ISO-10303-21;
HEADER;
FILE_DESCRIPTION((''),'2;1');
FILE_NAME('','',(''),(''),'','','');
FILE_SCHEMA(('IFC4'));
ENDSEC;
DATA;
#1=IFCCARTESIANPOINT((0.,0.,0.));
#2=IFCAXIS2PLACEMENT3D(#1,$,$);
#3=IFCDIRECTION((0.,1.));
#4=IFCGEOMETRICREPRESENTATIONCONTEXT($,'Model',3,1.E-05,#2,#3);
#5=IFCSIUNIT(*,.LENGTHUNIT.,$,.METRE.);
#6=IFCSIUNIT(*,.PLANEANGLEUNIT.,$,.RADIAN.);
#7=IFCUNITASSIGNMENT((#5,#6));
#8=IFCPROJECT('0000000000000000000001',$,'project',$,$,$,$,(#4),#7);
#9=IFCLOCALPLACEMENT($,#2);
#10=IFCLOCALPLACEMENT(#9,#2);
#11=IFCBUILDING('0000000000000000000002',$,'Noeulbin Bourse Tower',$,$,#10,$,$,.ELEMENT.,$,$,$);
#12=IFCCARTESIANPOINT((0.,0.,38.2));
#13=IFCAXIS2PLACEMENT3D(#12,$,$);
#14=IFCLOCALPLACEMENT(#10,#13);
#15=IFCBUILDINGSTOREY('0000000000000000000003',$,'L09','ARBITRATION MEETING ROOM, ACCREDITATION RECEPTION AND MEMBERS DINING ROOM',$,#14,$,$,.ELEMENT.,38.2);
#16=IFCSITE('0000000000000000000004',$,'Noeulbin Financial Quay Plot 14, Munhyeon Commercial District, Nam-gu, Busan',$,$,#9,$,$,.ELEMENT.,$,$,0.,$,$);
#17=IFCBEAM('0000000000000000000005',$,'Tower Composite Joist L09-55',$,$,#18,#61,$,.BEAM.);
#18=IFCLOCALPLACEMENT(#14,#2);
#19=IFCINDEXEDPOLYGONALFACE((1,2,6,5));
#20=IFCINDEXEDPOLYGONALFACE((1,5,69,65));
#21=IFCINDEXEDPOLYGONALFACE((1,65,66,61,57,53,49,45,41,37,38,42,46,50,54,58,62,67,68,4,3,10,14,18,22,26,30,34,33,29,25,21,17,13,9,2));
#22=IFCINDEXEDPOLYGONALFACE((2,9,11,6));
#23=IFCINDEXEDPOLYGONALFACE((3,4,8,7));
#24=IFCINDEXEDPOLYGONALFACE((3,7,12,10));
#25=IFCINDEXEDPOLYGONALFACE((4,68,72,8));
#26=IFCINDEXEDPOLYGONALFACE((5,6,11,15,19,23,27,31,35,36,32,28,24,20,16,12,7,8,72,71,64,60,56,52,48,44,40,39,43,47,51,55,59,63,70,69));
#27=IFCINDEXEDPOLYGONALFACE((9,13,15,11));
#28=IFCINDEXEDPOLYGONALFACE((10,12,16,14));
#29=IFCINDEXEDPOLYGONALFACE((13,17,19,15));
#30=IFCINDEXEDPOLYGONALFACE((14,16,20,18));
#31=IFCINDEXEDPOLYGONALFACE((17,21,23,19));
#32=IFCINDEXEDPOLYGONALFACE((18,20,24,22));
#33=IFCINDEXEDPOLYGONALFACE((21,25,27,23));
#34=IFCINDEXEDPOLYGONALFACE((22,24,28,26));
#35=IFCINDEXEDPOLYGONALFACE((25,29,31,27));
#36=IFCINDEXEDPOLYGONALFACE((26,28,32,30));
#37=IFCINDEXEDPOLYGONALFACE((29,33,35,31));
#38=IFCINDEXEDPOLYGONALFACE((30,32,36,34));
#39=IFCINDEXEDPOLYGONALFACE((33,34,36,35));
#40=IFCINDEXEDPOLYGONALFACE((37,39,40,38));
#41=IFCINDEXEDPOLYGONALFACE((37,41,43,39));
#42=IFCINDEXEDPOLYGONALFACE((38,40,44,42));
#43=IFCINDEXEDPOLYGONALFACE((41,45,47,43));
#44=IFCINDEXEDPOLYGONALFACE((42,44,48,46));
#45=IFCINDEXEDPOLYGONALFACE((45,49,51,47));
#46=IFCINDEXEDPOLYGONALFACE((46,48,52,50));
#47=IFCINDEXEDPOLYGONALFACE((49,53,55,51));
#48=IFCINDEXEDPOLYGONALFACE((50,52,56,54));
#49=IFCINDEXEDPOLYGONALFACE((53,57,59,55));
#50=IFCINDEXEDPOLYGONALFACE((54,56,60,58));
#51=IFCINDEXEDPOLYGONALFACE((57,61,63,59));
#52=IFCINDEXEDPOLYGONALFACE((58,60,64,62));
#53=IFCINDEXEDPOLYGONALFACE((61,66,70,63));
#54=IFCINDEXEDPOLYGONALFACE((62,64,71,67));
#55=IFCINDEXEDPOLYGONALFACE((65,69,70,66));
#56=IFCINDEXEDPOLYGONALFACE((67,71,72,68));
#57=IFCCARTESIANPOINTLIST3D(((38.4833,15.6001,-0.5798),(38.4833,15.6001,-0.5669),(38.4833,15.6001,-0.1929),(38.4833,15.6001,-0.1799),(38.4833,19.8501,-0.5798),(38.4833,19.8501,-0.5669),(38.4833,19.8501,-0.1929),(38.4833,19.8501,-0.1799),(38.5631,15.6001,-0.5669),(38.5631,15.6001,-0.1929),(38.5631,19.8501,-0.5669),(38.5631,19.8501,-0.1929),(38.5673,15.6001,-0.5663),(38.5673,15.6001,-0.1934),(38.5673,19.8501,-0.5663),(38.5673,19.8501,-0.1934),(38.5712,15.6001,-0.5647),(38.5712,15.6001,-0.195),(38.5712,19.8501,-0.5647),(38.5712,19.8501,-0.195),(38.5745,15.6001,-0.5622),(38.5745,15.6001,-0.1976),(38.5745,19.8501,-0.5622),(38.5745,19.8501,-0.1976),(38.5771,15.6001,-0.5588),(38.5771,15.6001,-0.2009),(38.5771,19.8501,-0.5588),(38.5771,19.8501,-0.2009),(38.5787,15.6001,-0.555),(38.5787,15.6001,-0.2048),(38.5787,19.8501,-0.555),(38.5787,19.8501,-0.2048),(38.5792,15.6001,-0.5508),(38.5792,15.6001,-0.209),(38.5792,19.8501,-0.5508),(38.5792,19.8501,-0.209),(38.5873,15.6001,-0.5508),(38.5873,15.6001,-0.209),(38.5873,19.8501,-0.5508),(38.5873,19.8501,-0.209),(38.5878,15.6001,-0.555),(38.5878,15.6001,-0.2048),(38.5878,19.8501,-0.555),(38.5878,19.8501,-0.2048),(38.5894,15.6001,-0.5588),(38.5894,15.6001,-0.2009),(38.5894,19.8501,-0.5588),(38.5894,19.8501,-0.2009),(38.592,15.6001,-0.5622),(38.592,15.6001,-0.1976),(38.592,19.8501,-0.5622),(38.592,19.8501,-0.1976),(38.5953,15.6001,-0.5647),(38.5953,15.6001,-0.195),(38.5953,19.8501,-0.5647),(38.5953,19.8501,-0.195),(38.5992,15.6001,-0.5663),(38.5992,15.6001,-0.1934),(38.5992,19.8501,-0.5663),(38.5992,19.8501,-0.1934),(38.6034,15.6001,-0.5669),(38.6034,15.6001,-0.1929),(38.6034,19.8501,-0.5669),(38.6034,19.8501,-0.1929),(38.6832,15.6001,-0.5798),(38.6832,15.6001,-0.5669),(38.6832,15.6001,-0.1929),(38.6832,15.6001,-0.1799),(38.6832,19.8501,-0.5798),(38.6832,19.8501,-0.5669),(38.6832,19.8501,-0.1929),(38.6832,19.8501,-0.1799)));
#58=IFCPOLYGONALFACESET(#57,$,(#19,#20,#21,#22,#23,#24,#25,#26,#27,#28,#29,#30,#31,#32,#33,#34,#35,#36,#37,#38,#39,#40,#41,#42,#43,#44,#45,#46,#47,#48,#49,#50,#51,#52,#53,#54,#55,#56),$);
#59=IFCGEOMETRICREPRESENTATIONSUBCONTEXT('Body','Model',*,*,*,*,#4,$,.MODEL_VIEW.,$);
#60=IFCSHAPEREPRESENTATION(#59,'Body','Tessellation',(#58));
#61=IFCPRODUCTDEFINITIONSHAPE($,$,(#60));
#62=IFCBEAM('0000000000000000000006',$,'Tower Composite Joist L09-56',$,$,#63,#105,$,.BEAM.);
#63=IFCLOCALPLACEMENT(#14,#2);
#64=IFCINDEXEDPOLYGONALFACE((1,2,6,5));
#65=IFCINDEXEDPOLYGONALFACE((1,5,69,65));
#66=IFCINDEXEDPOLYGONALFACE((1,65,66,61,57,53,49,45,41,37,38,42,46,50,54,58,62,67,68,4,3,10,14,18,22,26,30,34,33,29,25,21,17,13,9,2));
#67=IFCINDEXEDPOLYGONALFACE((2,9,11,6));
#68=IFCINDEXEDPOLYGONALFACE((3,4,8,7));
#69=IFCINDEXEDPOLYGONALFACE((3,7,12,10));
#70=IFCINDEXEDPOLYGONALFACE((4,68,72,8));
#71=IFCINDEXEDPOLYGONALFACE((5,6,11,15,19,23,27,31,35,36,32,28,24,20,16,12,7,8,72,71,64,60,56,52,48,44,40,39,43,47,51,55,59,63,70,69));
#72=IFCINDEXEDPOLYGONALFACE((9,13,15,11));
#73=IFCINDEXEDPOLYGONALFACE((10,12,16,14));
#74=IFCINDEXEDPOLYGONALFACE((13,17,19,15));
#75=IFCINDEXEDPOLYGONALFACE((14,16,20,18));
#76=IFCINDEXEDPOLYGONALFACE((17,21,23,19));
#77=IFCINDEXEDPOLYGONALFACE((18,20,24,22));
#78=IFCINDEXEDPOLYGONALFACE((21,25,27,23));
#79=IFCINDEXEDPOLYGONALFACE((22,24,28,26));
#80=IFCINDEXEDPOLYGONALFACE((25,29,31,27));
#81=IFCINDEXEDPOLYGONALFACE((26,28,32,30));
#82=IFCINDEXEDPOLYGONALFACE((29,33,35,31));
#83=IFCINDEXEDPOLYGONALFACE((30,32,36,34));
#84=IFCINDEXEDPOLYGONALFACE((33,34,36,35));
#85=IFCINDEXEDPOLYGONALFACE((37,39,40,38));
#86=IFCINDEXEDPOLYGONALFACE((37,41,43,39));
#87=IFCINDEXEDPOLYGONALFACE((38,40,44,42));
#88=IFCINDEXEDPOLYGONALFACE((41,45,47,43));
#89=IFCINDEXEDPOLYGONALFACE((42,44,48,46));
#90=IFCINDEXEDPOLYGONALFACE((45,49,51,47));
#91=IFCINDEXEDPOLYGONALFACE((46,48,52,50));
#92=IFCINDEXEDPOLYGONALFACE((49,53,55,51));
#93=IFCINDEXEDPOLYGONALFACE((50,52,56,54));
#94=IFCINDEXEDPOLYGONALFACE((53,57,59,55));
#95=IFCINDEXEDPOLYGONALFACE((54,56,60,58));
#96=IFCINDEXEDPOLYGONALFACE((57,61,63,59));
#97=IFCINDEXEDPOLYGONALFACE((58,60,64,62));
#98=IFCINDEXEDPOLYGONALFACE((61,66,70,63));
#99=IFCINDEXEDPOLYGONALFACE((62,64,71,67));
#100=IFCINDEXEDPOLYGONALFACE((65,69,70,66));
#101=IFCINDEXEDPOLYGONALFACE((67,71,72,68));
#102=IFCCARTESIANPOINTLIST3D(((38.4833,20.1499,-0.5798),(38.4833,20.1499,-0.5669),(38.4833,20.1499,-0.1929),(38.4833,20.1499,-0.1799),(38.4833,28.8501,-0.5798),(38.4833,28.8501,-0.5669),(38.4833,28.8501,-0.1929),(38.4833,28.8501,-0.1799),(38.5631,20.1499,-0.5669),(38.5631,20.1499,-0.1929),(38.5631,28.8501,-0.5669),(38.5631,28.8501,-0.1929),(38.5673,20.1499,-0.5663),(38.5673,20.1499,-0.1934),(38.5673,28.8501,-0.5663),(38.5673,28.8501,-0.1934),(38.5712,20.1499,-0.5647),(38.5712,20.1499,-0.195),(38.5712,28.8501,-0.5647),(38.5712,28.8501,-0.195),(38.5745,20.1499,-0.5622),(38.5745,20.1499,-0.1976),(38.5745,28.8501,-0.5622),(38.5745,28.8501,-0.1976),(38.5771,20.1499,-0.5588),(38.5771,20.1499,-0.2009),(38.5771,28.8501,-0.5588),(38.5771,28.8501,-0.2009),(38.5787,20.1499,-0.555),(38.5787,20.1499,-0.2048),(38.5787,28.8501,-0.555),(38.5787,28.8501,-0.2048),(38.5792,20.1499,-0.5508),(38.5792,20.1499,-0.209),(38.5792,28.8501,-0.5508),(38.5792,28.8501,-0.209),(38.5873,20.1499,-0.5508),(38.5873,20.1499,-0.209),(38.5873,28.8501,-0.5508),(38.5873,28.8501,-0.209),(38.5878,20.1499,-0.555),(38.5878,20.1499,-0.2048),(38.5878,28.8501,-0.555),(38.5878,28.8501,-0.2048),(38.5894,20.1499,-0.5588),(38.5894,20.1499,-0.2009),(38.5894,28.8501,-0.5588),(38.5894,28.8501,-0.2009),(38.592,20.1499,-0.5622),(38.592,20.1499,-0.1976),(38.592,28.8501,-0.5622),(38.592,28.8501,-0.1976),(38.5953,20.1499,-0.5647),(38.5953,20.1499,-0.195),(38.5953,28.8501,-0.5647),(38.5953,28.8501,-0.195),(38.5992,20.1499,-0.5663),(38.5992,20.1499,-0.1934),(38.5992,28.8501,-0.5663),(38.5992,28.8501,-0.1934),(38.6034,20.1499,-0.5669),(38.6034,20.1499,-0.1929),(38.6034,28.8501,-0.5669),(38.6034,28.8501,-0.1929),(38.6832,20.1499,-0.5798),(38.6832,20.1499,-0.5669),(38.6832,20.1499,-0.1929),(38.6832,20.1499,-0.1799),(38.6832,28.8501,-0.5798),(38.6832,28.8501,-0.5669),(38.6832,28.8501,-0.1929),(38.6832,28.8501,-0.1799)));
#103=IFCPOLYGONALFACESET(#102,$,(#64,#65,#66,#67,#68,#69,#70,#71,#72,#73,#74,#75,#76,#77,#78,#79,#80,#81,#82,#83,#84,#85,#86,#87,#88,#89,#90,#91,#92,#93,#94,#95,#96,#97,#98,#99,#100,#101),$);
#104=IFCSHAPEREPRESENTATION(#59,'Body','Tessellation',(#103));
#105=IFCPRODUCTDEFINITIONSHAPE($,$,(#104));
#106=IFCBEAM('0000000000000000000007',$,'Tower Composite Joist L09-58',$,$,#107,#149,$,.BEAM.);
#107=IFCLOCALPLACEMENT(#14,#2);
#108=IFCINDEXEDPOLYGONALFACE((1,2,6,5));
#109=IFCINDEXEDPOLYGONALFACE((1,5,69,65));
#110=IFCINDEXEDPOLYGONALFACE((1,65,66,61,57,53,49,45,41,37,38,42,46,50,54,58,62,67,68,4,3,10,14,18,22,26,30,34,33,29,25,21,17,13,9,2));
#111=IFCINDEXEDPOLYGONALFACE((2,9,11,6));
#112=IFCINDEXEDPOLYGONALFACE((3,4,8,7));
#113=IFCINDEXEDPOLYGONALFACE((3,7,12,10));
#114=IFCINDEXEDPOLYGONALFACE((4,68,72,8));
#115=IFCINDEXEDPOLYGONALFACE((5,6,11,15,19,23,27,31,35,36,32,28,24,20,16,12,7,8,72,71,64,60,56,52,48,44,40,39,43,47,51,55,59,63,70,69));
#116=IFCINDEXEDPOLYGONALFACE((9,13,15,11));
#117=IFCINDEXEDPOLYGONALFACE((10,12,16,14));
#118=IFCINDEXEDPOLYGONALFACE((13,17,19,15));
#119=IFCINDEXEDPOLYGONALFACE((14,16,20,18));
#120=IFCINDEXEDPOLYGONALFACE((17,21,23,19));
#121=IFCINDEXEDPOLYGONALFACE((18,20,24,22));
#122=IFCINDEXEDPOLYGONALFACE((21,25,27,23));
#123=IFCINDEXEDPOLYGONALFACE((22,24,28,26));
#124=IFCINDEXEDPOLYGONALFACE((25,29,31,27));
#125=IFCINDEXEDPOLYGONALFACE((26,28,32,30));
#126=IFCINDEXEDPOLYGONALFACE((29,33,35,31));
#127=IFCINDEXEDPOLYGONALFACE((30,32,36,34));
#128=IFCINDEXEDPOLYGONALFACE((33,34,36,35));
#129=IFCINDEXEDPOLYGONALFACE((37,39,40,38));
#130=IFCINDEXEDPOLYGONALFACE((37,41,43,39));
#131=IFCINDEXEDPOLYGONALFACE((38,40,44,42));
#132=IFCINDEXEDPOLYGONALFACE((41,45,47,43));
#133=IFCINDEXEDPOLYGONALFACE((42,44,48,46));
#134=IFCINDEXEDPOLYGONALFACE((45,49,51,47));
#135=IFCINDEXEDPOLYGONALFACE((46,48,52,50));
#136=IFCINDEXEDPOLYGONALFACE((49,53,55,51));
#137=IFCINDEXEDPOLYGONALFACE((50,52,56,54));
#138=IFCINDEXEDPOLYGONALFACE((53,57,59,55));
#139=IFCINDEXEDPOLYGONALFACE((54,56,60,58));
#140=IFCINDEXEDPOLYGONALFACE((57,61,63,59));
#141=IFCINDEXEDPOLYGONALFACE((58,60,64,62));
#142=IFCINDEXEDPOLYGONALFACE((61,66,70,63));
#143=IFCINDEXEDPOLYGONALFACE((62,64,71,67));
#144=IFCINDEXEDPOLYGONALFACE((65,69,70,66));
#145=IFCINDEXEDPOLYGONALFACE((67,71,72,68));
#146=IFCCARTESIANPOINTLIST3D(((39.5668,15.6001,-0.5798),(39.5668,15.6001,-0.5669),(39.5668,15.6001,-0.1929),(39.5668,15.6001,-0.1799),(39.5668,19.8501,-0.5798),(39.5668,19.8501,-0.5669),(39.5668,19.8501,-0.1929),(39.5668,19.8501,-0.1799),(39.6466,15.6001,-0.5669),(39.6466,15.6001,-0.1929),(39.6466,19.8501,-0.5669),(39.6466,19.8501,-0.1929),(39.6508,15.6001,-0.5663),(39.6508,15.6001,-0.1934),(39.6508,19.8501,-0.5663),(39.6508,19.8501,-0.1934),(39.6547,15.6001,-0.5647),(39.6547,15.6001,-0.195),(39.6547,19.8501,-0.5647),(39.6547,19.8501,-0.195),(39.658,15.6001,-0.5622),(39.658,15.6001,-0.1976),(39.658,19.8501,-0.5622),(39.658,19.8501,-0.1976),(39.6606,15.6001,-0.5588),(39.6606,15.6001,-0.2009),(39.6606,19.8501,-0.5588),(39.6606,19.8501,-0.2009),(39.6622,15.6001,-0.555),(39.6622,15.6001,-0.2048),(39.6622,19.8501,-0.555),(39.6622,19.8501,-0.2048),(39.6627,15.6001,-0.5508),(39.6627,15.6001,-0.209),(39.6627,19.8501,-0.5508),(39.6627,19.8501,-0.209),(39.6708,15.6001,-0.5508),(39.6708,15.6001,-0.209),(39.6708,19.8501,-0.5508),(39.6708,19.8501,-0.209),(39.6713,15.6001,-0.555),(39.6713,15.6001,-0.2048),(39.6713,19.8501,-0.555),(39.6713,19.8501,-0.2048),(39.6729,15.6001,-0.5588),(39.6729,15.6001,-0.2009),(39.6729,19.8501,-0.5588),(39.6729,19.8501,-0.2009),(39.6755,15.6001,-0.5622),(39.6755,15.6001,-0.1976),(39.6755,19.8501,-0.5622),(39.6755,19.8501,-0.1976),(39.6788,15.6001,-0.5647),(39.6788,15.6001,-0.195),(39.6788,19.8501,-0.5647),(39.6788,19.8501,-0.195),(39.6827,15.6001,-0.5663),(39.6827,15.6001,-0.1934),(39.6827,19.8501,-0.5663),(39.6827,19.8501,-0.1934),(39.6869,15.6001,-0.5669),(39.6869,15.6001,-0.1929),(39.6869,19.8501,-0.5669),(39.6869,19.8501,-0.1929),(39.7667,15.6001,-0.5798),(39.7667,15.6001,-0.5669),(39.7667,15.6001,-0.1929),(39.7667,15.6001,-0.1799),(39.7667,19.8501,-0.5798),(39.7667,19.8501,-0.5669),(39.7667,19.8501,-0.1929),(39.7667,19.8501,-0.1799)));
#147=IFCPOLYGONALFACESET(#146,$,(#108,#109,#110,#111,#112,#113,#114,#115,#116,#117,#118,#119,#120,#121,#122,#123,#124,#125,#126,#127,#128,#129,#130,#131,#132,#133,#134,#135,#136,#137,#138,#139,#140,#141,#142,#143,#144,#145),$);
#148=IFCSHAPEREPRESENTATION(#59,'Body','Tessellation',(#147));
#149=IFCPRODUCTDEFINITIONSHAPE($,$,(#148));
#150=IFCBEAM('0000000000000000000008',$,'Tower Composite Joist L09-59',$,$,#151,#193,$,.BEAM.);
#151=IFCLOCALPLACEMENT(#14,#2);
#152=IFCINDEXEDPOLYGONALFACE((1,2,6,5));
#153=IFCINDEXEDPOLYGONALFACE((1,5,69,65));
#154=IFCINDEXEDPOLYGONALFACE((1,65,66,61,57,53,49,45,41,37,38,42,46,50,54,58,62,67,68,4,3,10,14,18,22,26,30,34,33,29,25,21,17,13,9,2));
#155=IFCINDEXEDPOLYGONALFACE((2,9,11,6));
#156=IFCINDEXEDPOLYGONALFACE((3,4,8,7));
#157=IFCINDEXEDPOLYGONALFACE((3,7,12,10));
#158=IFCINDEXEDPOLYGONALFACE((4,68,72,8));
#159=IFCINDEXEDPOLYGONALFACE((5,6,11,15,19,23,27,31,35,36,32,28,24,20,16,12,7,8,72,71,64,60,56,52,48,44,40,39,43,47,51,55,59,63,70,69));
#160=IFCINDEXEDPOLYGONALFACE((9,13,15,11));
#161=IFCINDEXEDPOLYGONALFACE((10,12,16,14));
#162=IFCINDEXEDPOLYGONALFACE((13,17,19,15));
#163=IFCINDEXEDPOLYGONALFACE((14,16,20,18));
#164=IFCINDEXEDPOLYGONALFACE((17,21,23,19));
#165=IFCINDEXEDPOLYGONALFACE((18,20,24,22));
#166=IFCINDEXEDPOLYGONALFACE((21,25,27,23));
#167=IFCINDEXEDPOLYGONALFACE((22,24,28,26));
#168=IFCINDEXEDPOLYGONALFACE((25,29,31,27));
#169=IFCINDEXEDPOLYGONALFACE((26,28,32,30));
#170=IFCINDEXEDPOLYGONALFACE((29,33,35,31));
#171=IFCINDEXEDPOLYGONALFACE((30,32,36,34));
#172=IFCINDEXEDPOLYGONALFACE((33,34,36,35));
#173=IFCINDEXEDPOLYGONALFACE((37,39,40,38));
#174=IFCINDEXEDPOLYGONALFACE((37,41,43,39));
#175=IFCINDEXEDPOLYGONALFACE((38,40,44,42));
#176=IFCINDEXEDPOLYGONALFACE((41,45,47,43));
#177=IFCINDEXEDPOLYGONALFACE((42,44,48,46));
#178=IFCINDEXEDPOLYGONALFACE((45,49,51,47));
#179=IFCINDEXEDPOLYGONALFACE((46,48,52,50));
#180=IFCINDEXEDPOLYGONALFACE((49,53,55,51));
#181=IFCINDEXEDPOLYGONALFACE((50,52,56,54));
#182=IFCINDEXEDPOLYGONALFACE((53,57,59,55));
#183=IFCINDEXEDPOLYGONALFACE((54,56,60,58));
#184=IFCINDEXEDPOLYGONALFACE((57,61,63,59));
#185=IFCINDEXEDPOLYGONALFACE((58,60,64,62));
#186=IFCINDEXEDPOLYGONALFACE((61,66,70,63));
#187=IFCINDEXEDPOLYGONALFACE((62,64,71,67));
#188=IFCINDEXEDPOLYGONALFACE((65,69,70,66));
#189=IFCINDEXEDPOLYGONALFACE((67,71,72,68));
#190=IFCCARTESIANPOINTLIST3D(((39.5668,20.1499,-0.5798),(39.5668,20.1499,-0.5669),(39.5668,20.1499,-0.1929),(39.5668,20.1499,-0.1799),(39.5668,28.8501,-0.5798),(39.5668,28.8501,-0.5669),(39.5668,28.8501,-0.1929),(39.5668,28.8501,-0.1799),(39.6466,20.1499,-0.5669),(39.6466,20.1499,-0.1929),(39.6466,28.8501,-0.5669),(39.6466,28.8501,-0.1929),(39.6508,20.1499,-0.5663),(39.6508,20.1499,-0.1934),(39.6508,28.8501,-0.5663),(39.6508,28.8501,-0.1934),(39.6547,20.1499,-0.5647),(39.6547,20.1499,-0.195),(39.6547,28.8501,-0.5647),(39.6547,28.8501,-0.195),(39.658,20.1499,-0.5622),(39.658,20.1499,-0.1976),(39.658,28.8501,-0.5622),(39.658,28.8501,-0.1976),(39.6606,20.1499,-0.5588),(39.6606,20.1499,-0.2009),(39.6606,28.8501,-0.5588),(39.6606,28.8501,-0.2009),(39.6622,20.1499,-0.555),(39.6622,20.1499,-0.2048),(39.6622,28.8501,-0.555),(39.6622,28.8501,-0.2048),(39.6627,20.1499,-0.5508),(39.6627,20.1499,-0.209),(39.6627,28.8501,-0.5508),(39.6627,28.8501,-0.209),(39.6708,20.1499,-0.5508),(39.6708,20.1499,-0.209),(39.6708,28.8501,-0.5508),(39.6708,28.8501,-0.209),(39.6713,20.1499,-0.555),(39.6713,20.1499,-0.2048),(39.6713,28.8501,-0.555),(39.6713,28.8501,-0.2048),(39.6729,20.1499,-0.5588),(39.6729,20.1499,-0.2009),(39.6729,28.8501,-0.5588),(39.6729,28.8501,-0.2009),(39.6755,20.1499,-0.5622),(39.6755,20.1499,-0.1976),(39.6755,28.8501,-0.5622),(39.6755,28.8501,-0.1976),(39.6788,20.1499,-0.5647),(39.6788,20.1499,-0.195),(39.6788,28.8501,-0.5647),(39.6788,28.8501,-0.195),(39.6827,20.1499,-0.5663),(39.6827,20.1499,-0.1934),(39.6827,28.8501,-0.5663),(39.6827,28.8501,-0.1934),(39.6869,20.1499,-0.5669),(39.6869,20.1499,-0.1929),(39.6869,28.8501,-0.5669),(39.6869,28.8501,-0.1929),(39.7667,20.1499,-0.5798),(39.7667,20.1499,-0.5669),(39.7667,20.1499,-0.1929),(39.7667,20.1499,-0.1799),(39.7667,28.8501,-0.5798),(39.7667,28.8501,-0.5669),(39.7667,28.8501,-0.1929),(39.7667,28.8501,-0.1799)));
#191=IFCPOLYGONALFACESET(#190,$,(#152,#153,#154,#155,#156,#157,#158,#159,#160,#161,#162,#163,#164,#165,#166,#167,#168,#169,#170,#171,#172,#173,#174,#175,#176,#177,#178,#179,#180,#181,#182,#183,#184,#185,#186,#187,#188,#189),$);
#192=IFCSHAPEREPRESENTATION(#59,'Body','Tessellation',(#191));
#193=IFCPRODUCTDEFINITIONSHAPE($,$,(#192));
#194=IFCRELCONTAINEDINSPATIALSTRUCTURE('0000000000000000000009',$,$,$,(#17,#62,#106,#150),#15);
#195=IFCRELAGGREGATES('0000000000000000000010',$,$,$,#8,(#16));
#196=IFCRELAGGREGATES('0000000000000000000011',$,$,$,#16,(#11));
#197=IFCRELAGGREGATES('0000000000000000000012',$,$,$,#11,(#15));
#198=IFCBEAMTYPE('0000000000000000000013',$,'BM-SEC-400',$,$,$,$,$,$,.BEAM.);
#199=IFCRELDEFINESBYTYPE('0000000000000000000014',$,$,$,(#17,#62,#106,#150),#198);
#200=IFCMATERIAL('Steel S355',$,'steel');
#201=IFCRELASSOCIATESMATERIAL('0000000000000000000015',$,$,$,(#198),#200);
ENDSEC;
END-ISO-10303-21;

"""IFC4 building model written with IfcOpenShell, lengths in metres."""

from ifc_helpers import new_model, si_unit, direction, frame, origin, origin_2d, place, context, subcontext, project, spatial, i_section, extrude, material, material_profile, profile_set, type_object, element, save


model = new_model("IFC4")

# Units and contexts
model_context = context("Model", 3, precision=1e-05, world=origin(), true_north=direction((0.0, 1.0)))
body_context = subcontext(model_context, "Body", "Model", "MODEL_VIEW")
ifc_project = project(units=[si_unit("LENGTHUNIT", "METRE"), si_unit("PLANEANGLEUNIT", "RADIAN")], contexts=[model_context])

# Site, building, storey
site_placement = place(None, origin())
site = spatial("IfcSite", under=ifc_project, at=site_placement, Name="Noeulbin Financial Quay Plot 14, Munhyeon Commercial District, Nam-gu, Busan", CompositionType="ELEMENT", RefElevation=0.0)
building_placement = place(site_placement, origin())
building = spatial("IfcBuilding", under=site, at=building_placement, Name="Noeulbin Bourse Tower", CompositionType="ELEMENT")
storey_placement = place(building_placement, frame((0.0, 0.0, 38.2)))
storey = spatial("IfcBuildingStorey", under=building, at=storey_placement, Name="L09", Description="ARBITRATION MEETING ROOM, ACCREDITATION RECEPTION AND MEMBERS DINING ROOM", CompositionType="ELEMENT", Elevation=38.2)

# Beams
ifc_material_1 = material(Name="Steel S355", Category="steel")
ifc_material_profile_1 = material_profile(ifc_material_1, i_section(OverallWidth=0.2, OverallDepth=0.3999, WebThickness=0.0081, FlangeThickness=0.0129, FilletRadius=0.0161, at=origin_2d()), Name="H-400x200x8x13", Category="LoadBearing")
ifc_profile_set_1 = profile_set([ifc_material_profile_1], Name="Steel S355")
beam_type_1 = type_object("IfcBeamType", Name="BM-SEC-400", PredefinedType="BEAM", material=ifc_profile_set_1)
beam_1_placement = place(storey_placement, frame((38.5833, 15.6001, -0.3799), z_axis=(0.0, 1.0, 0.0), x_axis=(-1.0, 0.0, 0.0)))
element("IfcBeam", 1, at=beam_1_placement, inside=storey, type_object=beam_type_1, Name="Tower Composite Joist L09-55", PredefinedType="BEAM", context=body_context, shape_type="SweptSolid", body=[
    extrude(i_section(OverallWidth=0.2, OverallDepth=0.3999, WebThickness=0.0081, FlangeThickness=0.0129, FilletRadius=0.0161, at=origin_2d()), origin(), (0.0, 0.0, 1.0), 4.25),
])
beam_2_placement = place(storey_placement, frame((38.5833, 20.1499, -0.3799), z_axis=(0.0, 1.0, 0.0), x_axis=(-1.0, 0.0, 0.0)))
element("IfcBeam", 2, at=beam_2_placement, inside=storey, type_object=beam_type_1, Name="Tower Composite Joist L09-56", PredefinedType="BEAM", context=body_context, shape_type="SweptSolid", body=[
    extrude(i_section(OverallWidth=0.2, OverallDepth=0.3999, WebThickness=0.0081, FlangeThickness=0.0129, FilletRadius=0.0161, at=origin_2d()), origin(), (0.0, 0.0, 1.0), 8.7002),
])
beam_3_placement = place(storey_placement, frame((39.6667, 15.6001, -0.3799), z_axis=(0.0, 1.0, 0.0), x_axis=(-1.0, 0.0, 0.0)))
element("IfcBeam", 3, at=beam_3_placement, inside=storey, type_object=beam_type_1, Name="Tower Composite Joist L09-58", PredefinedType="BEAM", context=body_context, shape_type="SweptSolid", body=[
    extrude(i_section(OverallWidth=0.2, OverallDepth=0.3999, WebThickness=0.0081, FlangeThickness=0.0129, FilletRadius=0.0161, at=origin_2d()), origin(), (0.0, 0.0, 1.0), 4.25),
])
beam_4_placement = place(storey_placement, frame((39.6667, 20.1499, -0.3799), z_axis=(0.0, 1.0, 0.0), x_axis=(-1.0, 0.0, 0.0)))
element("IfcBeam", 4, at=beam_4_placement, inside=storey, type_object=beam_type_1, Name="Tower Composite Joist L09-59", PredefinedType="BEAM", context=body_context, shape_type="SweptSolid", body=[
    extrude(i_section(OverallWidth=0.2, OverallDepth=0.3999, WebThickness=0.0081, FlangeThickness=0.0129, FilletRadius=0.0161, at=origin_2d()), origin(), (0.0, 0.0, 1.0), 8.7002),
])

save(model, "model.ifc")
